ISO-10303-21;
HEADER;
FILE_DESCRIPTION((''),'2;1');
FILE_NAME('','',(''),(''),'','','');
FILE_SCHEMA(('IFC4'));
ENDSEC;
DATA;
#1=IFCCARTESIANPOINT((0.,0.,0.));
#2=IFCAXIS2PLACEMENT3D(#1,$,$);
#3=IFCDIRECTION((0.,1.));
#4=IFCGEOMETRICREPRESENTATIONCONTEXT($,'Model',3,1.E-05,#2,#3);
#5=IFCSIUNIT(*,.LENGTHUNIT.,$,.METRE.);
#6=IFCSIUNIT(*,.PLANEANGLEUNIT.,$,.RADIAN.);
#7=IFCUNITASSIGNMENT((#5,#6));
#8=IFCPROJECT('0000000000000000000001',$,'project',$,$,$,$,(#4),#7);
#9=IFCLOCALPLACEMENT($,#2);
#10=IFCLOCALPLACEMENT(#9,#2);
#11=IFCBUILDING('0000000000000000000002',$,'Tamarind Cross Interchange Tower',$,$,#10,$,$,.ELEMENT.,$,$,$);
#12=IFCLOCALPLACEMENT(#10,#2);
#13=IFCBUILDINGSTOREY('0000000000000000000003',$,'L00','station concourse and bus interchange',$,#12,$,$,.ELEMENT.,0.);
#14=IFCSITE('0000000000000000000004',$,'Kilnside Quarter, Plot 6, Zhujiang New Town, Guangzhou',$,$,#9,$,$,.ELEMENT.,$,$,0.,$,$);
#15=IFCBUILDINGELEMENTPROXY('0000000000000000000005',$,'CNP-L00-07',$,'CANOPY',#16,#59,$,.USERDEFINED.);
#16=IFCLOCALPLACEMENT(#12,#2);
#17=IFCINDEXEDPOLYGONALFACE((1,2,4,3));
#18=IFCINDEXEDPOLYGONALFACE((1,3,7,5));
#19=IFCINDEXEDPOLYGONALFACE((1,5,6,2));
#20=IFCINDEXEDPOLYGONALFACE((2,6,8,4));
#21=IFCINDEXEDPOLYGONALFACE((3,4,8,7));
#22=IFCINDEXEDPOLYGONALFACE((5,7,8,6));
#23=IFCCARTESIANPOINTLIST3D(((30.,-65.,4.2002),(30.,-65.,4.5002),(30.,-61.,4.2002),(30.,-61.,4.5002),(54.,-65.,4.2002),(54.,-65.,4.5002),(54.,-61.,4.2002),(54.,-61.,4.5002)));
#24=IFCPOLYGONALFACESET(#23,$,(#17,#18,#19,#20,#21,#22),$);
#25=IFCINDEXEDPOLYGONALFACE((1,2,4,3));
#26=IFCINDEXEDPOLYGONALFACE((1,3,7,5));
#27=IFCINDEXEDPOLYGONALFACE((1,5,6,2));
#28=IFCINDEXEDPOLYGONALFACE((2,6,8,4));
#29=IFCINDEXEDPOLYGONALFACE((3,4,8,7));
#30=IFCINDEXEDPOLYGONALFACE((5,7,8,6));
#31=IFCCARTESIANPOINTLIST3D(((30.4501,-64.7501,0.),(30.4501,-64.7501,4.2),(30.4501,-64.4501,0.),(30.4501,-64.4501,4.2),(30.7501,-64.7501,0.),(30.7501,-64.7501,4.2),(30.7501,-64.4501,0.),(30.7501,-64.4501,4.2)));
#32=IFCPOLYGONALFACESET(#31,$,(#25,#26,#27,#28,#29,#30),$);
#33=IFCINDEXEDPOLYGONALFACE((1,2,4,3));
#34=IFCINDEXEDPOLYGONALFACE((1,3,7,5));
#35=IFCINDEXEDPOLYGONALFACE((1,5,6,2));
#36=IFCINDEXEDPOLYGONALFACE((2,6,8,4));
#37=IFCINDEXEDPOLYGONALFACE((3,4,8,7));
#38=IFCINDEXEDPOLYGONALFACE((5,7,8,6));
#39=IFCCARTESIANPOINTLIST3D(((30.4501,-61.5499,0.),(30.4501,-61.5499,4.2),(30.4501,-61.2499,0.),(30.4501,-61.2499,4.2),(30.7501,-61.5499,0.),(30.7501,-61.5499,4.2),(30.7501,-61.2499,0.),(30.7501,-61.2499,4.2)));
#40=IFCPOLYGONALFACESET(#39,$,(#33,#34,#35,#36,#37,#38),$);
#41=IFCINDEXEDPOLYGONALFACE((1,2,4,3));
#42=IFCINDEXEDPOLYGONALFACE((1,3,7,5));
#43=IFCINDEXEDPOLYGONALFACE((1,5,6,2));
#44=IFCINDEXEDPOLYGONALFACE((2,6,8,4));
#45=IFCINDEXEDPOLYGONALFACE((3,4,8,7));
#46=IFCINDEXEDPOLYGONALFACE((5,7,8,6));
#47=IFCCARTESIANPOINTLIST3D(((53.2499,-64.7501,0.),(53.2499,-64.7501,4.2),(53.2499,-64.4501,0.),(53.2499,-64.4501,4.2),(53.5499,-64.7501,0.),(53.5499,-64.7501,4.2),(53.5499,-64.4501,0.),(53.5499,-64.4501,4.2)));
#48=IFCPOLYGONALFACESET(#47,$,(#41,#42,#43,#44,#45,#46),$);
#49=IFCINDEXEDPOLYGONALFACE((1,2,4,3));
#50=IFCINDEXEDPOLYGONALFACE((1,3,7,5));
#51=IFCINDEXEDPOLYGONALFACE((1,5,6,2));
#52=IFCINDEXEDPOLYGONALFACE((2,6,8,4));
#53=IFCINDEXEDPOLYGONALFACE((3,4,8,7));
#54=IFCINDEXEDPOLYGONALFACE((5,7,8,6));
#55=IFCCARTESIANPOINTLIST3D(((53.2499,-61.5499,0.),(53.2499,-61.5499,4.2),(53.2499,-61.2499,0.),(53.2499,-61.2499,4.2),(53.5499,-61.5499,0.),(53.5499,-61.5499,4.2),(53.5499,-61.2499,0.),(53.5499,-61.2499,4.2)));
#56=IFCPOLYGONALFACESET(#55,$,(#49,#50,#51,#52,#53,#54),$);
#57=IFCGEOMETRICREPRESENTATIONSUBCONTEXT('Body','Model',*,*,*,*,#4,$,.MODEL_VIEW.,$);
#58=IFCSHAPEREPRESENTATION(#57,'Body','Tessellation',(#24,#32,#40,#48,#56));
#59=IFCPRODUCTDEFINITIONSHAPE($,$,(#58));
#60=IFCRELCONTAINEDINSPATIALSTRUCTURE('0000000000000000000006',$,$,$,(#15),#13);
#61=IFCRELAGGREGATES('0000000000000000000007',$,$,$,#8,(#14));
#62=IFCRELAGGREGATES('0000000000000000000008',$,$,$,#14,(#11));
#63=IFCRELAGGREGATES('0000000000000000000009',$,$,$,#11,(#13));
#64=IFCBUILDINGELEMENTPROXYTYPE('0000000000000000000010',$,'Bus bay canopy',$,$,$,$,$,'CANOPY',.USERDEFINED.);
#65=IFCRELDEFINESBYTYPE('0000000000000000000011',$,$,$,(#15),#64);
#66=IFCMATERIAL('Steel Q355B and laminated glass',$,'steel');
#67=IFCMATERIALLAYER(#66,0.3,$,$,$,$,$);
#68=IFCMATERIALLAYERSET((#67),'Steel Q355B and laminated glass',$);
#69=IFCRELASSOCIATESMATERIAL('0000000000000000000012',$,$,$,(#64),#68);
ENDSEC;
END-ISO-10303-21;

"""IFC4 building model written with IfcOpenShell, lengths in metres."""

from ifc_helpers import new_model, si_unit, direction, frame, origin, origin_2d, place, context, subcontext, project, spatial, rectangle, extrude, material, layer, layer_set, type_object, element, save


model = new_model("IFC4")

# Units and contexts
model_context = context("Model", 3, precision=1e-05, world=origin(), true_north=direction((0.0, 1.0)))
body_context = subcontext(model_context, "Body", "Model", "MODEL_VIEW")
ifc_project = project(units=[si_unit("LENGTHUNIT", "METRE"), si_unit("PLANEANGLEUNIT", "RADIAN")], contexts=[model_context])

# Site, building, storey
site_placement = place(None, origin())
site = spatial("IfcSite", under=ifc_project, at=site_placement, Name="Kilnside Quarter, Plot 6, Zhujiang New Town, Guangzhou", CompositionType="ELEMENT", RefElevation=0.0)
building_placement = place(site_placement, origin())
building = spatial("IfcBuilding", under=site, at=building_placement, Name="Tamarind Cross Interchange Tower", CompositionType="ELEMENT")
storey_placement = place(building_placement, origin())
storey = spatial("IfcBuildingStorey", under=building, at=storey_placement, Name="L00", Description="station concourse and bus interchange", CompositionType="ELEMENT", Elevation=0.0)

# Building element proxy
ifc_material_1 = material(Name="Steel Q355B and laminated glass", Category="steel")
ifc_layer_1 = layer(ifc_material_1, 0.3)
ifc_layer_set_1 = layer_set([ifc_layer_1], Name="Steel Q355B and laminated glass")
building_element_proxy_type = type_object("IfcBuildingElementProxyType", Name="Bus bay canopy", ElementType="CANOPY", PredefinedType="USERDEFINED", material=ifc_layer_set_1)
proxy_1_placement = place(storey_placement, origin())
element("IfcBuildingElementProxy", 1, at=proxy_1_placement, inside=storey, type_object=building_element_proxy_type, Name="CNP-L00-07", ObjectType="CANOPY", PredefinedType="USERDEFINED", context=body_context, shape_type="SweptSolid", body=[
    extrude(rectangle(XDim=24.0, YDim=4.0, at=origin_2d()), frame((42.0, -63.0, 4.2002), z_axis=(0.0, 0.0, 1.0), x_axis=(1.0, 0.0, 0.0)), (0.0, 0.0, 1.0), 0.3),
    extrude(rectangle(XDim=0.3, YDim=0.3, at=origin_2d()), frame((30.6001, -64.6001, 0.0), z_axis=(0.0, 0.0, 1.0), x_axis=(1.0, 0.0, 0.0)), (0.0, 0.0, 1.0), 4.2),
    extrude(rectangle(XDim=0.3, YDim=0.3, at=origin_2d()), frame((30.6001, -61.3999, 0.0), z_axis=(0.0, 0.0, 1.0), x_axis=(1.0, 0.0, 0.0)), (0.0, 0.0, 1.0), 4.2),
    extrude(rectangle(XDim=0.3, YDim=0.3, at=origin_2d()), frame((53.3999, -64.6001, 0.0), z_axis=(0.0, 0.0, 1.0), x_axis=(1.0, 0.0, 0.0)), (0.0, 0.0, 1.0), 4.2),
    extrude(rectangle(XDim=0.3, YDim=0.3, at=origin_2d()), frame((53.3999, -61.3999, 0.0), z_axis=(0.0, 0.0, 1.0), x_axis=(1.0, 0.0, 0.0)), (0.0, 0.0, 1.0), 4.2),
])

save(model, "model.ifc")
